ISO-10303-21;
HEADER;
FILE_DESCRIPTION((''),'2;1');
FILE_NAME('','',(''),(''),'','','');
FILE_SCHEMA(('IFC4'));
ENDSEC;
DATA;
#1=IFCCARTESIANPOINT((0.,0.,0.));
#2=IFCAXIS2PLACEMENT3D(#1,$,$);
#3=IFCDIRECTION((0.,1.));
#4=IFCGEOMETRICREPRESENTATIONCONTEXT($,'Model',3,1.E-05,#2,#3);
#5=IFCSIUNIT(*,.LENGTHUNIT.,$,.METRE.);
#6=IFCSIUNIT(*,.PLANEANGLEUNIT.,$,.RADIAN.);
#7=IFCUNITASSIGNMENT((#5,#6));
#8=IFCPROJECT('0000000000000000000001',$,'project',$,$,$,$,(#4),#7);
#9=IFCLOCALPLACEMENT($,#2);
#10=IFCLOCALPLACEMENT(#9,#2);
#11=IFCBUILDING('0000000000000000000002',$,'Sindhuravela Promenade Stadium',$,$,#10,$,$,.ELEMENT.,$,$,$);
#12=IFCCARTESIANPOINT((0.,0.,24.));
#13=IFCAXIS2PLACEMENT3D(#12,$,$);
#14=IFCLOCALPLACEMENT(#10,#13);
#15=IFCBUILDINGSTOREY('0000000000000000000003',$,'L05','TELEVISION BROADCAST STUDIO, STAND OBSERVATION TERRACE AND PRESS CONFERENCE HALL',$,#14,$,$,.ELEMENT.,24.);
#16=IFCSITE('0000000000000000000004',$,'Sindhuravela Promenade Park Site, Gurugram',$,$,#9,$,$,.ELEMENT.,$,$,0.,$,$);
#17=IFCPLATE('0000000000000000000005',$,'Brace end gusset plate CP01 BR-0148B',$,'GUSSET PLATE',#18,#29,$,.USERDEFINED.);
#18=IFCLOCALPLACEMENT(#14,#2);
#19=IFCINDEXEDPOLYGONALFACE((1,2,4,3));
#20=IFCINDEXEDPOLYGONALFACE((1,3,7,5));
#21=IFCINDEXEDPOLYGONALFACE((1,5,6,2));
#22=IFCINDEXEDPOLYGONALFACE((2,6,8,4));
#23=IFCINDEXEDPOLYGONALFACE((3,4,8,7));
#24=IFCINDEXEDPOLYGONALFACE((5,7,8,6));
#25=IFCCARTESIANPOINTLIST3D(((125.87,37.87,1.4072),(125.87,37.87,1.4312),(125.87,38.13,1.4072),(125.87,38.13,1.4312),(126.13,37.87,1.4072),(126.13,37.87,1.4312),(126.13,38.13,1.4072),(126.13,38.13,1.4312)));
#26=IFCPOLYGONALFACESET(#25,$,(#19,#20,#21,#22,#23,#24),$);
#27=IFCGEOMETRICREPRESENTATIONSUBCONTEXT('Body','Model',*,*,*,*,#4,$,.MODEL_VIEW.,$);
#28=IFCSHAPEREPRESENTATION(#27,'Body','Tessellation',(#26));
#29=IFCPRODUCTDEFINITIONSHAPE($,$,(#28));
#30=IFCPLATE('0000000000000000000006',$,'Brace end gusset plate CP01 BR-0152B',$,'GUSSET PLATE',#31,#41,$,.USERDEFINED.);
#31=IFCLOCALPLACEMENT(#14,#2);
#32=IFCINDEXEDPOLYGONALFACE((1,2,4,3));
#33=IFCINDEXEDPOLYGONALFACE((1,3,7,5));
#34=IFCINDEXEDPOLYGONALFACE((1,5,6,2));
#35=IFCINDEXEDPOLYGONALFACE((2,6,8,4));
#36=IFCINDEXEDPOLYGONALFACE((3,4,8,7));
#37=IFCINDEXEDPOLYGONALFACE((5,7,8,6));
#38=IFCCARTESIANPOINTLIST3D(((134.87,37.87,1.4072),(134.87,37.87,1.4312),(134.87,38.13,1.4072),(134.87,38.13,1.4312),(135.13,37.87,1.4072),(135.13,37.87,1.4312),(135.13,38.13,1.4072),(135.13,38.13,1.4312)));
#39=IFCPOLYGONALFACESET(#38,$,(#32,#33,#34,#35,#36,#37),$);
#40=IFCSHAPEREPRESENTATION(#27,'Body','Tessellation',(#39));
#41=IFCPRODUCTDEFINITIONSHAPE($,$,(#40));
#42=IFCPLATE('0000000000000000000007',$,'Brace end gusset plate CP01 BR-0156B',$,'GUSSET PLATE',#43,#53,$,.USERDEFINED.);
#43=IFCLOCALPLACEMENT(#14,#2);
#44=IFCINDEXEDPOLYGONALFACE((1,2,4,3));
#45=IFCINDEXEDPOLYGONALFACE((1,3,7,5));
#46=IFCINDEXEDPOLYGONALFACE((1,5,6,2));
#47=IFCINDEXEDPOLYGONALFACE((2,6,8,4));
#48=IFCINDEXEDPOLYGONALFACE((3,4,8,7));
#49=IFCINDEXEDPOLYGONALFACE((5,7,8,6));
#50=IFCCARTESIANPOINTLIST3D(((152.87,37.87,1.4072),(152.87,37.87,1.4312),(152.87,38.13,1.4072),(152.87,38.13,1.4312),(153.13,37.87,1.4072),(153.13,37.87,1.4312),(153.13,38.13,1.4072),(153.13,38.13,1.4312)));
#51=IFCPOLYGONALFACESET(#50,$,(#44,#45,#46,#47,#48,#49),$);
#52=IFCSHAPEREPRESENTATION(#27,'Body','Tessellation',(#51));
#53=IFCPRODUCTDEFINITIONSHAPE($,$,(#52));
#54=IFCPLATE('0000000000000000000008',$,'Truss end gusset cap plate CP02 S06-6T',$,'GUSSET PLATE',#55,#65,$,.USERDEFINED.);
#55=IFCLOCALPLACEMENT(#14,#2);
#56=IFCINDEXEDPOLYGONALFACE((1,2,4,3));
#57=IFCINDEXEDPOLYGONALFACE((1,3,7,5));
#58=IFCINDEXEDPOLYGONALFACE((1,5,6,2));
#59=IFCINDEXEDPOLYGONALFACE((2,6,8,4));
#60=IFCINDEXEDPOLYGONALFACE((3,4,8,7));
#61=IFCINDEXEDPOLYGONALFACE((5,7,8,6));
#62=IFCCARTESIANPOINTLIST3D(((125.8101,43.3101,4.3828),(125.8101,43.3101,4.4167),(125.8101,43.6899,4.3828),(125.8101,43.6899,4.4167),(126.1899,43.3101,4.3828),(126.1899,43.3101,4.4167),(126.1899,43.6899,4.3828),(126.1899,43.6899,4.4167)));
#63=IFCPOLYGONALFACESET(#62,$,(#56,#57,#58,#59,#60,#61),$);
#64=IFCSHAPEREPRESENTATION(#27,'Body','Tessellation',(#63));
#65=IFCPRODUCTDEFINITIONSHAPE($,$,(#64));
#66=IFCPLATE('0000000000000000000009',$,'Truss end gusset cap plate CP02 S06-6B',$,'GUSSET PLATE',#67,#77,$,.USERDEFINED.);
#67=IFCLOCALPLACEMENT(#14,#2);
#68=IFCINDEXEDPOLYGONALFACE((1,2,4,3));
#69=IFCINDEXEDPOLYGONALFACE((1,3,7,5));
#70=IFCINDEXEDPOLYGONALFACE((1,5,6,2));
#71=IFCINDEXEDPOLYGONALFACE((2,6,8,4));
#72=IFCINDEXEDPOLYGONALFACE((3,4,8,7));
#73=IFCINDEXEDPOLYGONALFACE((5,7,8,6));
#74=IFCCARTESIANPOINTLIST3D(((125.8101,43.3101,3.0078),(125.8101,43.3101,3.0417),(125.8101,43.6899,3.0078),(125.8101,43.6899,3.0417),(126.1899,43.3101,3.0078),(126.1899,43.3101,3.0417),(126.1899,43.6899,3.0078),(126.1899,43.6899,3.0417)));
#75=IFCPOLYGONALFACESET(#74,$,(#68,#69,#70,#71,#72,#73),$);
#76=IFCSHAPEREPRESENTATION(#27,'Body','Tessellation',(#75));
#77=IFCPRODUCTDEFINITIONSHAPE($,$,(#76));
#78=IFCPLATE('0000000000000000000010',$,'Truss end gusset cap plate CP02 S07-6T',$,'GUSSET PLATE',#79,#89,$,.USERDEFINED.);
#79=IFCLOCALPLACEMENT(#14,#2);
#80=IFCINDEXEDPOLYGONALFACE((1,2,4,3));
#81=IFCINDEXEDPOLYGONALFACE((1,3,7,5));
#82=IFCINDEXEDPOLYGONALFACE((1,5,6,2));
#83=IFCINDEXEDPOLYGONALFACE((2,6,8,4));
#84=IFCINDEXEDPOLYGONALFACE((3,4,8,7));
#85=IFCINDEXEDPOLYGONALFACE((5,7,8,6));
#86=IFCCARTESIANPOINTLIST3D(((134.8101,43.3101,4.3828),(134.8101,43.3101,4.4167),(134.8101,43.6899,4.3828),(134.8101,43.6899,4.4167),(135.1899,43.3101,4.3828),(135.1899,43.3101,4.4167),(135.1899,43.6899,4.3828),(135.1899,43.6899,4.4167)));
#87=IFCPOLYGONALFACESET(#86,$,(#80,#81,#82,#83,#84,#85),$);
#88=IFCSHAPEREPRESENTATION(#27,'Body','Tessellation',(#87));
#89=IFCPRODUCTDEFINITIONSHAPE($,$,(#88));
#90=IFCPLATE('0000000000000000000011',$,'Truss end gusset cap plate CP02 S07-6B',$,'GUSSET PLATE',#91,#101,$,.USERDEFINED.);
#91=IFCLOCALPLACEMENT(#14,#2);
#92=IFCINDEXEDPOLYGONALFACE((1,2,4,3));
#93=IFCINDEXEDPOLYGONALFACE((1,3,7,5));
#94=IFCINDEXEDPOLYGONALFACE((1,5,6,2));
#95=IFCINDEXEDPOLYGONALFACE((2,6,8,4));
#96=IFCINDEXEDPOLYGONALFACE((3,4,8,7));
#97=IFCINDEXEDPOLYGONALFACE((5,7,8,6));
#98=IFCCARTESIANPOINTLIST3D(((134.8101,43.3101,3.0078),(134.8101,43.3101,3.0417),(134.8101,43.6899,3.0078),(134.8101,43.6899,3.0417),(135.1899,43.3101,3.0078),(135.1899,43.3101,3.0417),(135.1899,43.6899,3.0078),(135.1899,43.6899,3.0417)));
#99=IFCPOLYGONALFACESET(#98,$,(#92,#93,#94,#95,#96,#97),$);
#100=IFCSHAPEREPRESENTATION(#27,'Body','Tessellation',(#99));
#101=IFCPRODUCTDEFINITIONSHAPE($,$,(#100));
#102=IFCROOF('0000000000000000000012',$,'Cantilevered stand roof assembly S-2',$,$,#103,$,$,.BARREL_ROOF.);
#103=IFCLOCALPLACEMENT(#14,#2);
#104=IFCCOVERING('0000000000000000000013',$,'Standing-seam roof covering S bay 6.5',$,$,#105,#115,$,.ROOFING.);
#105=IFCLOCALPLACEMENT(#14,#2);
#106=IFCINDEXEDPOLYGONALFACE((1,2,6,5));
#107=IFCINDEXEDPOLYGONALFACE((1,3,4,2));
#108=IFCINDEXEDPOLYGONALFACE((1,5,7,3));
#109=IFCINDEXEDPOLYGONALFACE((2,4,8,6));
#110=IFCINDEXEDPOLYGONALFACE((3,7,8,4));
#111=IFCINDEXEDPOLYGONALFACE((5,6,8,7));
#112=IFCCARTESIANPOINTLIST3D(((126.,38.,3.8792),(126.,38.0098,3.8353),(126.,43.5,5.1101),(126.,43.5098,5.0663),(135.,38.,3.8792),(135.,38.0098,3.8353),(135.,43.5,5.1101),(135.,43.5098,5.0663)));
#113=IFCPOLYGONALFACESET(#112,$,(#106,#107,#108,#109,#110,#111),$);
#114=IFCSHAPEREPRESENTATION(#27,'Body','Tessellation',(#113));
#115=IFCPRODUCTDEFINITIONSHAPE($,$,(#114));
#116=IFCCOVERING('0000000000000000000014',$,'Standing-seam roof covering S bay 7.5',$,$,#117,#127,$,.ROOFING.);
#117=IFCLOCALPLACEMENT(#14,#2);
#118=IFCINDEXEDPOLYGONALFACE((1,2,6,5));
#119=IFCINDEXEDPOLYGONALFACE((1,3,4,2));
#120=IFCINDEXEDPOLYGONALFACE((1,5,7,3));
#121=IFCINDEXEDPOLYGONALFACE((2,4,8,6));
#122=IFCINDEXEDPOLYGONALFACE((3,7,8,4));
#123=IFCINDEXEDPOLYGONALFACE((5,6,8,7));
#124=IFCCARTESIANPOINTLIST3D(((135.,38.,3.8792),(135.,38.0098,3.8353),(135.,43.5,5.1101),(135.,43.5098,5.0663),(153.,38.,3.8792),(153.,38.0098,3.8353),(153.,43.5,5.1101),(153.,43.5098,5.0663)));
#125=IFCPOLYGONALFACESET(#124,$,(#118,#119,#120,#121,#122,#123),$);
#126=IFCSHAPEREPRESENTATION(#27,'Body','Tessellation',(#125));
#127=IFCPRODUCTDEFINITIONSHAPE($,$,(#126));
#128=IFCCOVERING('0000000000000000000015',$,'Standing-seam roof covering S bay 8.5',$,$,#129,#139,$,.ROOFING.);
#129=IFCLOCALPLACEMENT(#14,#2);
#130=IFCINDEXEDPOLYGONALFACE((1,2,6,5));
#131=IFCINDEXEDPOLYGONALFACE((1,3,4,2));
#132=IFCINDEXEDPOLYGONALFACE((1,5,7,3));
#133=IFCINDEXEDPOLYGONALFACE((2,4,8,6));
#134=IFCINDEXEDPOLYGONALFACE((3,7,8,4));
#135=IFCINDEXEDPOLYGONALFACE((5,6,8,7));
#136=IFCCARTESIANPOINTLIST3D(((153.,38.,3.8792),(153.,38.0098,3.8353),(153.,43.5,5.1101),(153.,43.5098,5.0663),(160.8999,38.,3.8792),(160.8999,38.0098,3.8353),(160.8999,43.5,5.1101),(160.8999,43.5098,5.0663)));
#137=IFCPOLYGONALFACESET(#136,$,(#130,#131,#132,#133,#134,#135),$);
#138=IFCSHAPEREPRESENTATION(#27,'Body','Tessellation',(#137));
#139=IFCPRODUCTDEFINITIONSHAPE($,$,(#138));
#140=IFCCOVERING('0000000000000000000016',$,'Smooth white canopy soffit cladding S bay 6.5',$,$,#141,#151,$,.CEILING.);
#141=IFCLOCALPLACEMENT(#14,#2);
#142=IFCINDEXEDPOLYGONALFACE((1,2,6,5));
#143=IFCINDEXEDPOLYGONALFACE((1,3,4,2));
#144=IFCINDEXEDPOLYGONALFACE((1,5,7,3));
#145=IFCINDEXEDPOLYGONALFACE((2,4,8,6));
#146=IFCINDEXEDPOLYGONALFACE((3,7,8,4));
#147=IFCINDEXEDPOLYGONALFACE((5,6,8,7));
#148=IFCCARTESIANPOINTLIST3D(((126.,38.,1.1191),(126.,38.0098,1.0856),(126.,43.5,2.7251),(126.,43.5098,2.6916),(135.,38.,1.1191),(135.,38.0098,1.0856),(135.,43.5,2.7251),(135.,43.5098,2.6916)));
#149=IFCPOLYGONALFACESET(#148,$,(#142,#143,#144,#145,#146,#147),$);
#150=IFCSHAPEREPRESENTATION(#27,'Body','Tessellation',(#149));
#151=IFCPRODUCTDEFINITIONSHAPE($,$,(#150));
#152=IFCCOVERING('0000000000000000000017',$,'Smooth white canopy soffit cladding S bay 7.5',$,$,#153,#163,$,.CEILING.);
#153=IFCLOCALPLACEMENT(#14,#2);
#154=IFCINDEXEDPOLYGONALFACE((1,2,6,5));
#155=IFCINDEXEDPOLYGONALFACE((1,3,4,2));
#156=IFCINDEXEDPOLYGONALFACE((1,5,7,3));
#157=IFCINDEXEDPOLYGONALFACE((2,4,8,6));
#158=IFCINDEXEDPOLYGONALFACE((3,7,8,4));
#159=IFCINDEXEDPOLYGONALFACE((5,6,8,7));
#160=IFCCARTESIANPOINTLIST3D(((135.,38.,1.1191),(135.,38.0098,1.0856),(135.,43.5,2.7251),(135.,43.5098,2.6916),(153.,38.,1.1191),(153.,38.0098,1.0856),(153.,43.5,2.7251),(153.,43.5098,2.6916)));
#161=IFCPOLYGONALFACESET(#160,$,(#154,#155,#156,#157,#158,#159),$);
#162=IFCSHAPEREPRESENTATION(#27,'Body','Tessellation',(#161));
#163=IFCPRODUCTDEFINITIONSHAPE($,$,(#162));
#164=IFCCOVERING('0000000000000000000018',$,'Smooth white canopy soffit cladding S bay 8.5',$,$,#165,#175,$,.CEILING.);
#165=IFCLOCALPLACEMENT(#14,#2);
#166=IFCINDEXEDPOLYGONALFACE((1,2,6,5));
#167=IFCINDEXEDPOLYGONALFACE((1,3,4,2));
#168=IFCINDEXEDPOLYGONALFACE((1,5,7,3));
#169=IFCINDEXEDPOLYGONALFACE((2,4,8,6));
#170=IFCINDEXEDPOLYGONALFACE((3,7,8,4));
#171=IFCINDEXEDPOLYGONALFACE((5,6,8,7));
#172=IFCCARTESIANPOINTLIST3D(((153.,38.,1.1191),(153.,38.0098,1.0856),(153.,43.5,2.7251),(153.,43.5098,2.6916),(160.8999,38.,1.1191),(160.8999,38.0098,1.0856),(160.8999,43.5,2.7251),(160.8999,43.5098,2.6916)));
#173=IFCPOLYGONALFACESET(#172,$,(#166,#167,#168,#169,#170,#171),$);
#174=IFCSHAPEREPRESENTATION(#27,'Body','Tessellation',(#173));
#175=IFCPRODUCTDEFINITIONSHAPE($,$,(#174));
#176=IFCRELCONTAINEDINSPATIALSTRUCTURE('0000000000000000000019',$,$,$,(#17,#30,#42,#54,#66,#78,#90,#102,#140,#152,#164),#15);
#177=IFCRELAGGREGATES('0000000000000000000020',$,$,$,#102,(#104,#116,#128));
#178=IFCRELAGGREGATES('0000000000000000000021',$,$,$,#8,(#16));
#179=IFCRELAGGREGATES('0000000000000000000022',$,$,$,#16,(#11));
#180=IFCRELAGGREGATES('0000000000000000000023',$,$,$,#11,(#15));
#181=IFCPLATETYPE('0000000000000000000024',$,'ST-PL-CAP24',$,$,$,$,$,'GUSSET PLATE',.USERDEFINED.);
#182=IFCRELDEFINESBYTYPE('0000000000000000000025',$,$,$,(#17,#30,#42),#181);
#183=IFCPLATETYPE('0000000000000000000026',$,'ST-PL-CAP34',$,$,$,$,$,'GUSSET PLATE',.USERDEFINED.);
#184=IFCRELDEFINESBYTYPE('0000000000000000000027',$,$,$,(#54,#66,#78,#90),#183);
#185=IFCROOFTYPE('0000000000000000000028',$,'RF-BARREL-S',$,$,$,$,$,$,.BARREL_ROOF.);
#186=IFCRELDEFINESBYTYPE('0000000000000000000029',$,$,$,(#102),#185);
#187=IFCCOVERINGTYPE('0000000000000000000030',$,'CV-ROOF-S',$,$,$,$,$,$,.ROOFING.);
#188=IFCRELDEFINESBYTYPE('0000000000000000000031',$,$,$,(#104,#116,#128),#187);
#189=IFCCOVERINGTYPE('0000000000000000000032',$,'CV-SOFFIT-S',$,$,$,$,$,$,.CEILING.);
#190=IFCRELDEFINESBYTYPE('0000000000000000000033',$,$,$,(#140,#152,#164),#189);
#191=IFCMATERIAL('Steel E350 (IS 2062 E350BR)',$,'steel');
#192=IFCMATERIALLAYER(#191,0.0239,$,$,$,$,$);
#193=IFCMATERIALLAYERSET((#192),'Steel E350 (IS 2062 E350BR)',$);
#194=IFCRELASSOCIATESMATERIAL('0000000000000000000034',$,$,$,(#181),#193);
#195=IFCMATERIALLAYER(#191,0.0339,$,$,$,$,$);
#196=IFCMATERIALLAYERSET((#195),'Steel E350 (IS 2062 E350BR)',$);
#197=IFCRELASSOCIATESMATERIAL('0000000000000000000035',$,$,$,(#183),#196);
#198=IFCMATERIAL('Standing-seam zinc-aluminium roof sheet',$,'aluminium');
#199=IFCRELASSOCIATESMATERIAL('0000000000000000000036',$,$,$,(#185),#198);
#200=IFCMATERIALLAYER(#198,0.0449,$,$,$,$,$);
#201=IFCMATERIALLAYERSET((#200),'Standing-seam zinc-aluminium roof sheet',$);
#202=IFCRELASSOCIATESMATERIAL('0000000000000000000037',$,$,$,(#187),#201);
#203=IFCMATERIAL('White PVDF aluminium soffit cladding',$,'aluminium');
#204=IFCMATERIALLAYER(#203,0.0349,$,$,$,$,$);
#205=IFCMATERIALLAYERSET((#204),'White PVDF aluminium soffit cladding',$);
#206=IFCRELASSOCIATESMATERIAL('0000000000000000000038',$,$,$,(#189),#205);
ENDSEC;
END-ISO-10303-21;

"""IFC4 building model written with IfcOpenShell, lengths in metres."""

from ifc_helpers import new_model, si_unit, direction, frame, origin, origin_2d, place, context, subcontext, project, spatial, polyline, rectangle, outline, extrude, material, layer, layer_set, type_object, element, aggregate, save


model = new_model("IFC4")

# Units and contexts
model_context = context("Model", 3, precision=1e-05, world=origin(), true_north=direction((0.0, 1.0)))
body_context = subcontext(model_context, "Body", "Model", "MODEL_VIEW")
ifc_project = project(units=[si_unit("LENGTHUNIT", "METRE"), si_unit("PLANEANGLEUNIT", "RADIAN")], contexts=[model_context])

# Site, building, storey
site_placement = place(None, origin())
site = spatial("IfcSite", under=ifc_project, at=site_placement, Name="Sindhuravela Promenade Park Site, Gurugram", CompositionType="ELEMENT", RefElevation=0.0)
building_placement = place(site_placement, origin())
building = spatial("IfcBuilding", under=site, at=building_placement, Name="Sindhuravela Promenade Stadium", CompositionType="ELEMENT")
storey_placement = place(building_placement, frame((0.0, 0.0, 24.0)))
storey = spatial("IfcBuildingStorey", under=building, at=storey_placement, Name="L05", Description="TELEVISION BROADCAST STUDIO, STAND OBSERVATION TERRACE AND PRESS CONFERENCE HALL", CompositionType="ELEMENT", Elevation=24.0)

# Shared definitions
ifc_material_1 = material(Name="Steel E350 (IS 2062 E350BR)", Category="steel")

# Plates
ifc_layer_1 = layer(ifc_material_1, 0.0239)
ifc_layer_set_1 = layer_set([ifc_layer_1], Name="Steel E350 (IS 2062 E350BR)")
plate_type_1 = type_object("IfcPlateType", Name="ST-PL-CAP24", ElementType="GUSSET PLATE", PredefinedType="USERDEFINED", material=ifc_layer_set_1)
for number, where, z_axis, x_axis, name in (
    (1, (126.0, 38.0, 1.4072), (0.0, 0.0, 1.0), (1.0, 0.0, 0.0), "Brace end gusset plate CP01 BR-0148B"),
    (2, (135.0, 38.0, 1.4072), (0.0, 0.0, 1.0), (1.0, 0.0, 0.0), "Brace end gusset plate CP01 BR-0152B"),
    (3, (153.0, 38.0, 1.4072), (0.0, 0.0, 1.0), (1.0, 0.0, 0.0), "Brace end gusset plate CP01 BR-0156B"),
):
    element("IfcPlate", number, at=place(storey_placement, frame(where, z_axis=z_axis, x_axis=x_axis)), inside=storey, type_object=plate_type_1, Name=name, ObjectType="GUSSET PLATE", PredefinedType="USERDEFINED", context=body_context, shape_type="SweptSolid", body=[
        extrude(rectangle(XDim=0.26, YDim=0.26, at=origin_2d()), origin(), (0.0, 0.0, 1.0), 0.0239),
    ])
ifc_layer_2 = layer(ifc_material_1, 0.0339)
ifc_layer_set_2 = layer_set([ifc_layer_2], Name="Steel E350 (IS 2062 E350BR)")
plate_type_2 = type_object("IfcPlateType", Name="ST-PL-CAP34", ElementType="GUSSET PLATE", PredefinedType="USERDEFINED", material=ifc_layer_set_2)
for number, where, z_axis, x_axis, name in (
    (4, (126.0, 43.5, 4.3828), (0.0, 0.0, 1.0), (1.0, 0.0, 0.0), "Truss end gusset cap plate CP02 S06-6T"),
    (5, (126.0, 43.5, 3.0078), (0.0, 0.0, 1.0), (1.0, 0.0, 0.0), "Truss end gusset cap plate CP02 S06-6B"),
    (6, (135.0, 43.5, 4.3828), (0.0, 0.0, 1.0), (1.0, 0.0, 0.0), "Truss end gusset cap plate CP02 S07-6T"),
    (7, (135.0, 43.5, 3.0078), (0.0, 0.0, 1.0), (1.0, 0.0, 0.0), "Truss end gusset cap plate CP02 S07-6B"),
):
    element("IfcPlate", number, at=place(storey_placement, frame(where, z_axis=z_axis, x_axis=x_axis)), inside=storey, type_object=plate_type_2, Name=name, ObjectType="GUSSET PLATE", PredefinedType="USERDEFINED", context=body_context, shape_type="SweptSolid", body=[
        extrude(rectangle(XDim=0.3799, YDim=0.3799, at=origin_2d()), origin(), (0.0, 0.0, 1.0), 0.0339),
    ])

# Roof, coverings
ifc_material_2 = material(Name="Standing-seam zinc-aluminium roof sheet", Category="aluminium")
roof_type = type_object("IfcRoofType", Name="RF-BARREL-S", PredefinedType="BARREL_ROOF", material=ifc_material_2)
roof_placement = place(storey_placement, origin())
roof = element("IfcRoof", 8, at=roof_placement, inside=storey, type_object=roof_type, Name="Cantilevered stand roof assembly S-2", PredefinedType="BARREL_ROOF")
ifc_layer_3 = layer(ifc_material_2, 0.0449)
ifc_layer_set_3 = layer_set([ifc_layer_3], Name="Standing-seam zinc-aluminium roof sheet")
covering_type_1 = type_object("IfcCoveringType", Name="CV-ROOF-S", PredefinedType="ROOFING", material=ifc_layer_set_3)
covering_1_placement = place(storey_placement, frame((126.0, 38.0, 3.8792), z_axis=(0.0, -0.218407, 0.975858), x_axis=(1.0, 0.0, 0.0)))
covering_1 = element("IfcCovering", 9, at=covering_1_placement, type_object=covering_type_1, Name="Standing-seam roof covering S bay 6.5", PredefinedType="ROOFING", context=body_context, shape_type="SweptSolid", body=[
    extrude(outline(polyline([(0.0, 0.0), (9.0, 0.0), (9.0, 5.6361), (0.0, 5.6361), (0.0, 0.0)])), origin(), (0.0, 0.0, -1.0), 0.0449),
])
covering_2_placement = place(storey_placement, frame((135.0, 38.0, 3.8792), z_axis=(0.0, -0.218407, 0.975858), x_axis=(1.0, 0.0, 0.0)))
covering_2 = element("IfcCovering", 10, at=covering_2_placement, type_object=covering_type_1, Name="Standing-seam roof covering S bay 7.5", PredefinedType="ROOFING", context=body_context, shape_type="SweptSolid", body=[
    extrude(outline(polyline([(0.0, 0.0), (18.0, 0.0), (18.0, 5.6361), (0.0, 5.6361), (0.0, 0.0)])), origin(), (0.0, 0.0, -1.0), 0.0449),
])
covering_3_placement = place(storey_placement, frame((153.0, 38.0, 3.8792), z_axis=(0.0, -0.218407, 0.975858), x_axis=(1.0, 0.0, 0.0)))
covering_3 = element("IfcCovering", 11, at=covering_3_placement, type_object=covering_type_1, Name="Standing-seam roof covering S bay 8.5", PredefinedType="ROOFING", context=body_context, shape_type="SweptSolid", body=[
    extrude(outline(polyline([(0.0, 0.0), (7.8999, 0.0), (7.8999, 5.6361), (0.0, 5.6361), (0.0, 0.0)])), origin(), (0.0, 0.0, -1.0), 0.0449),
])
aggregate(roof, [covering_1, covering_2, covering_3])

# Coverings
ifc_material_3 = material(Name="White PVDF aluminium soffit cladding", Category="aluminium")
ifc_layer_4 = layer(ifc_material_3, 0.0349)
ifc_layer_set_4 = layer_set([ifc_layer_4], Name="White PVDF aluminium soffit cladding")
covering_type_2 = type_object("IfcCoveringType", Name="CV-SOFFIT-S", PredefinedType="CEILING", material=ifc_layer_set_4)
covering_4_placement = place(storey_placement, frame((126.0, 38.0, 1.1191), z_axis=(0.0, -0.280288, 0.959916), x_axis=(1.0, 0.0, 0.0)))
element("IfcCovering", 12, at=covering_4_placement, inside=storey, type_object=covering_type_2, Name="Smooth white canopy soffit cladding S bay 6.5", PredefinedType="CEILING", context=body_context, shape_type="SweptSolid", body=[
    extrude(outline(polyline([(0.0, 0.0), (9.0, 0.0), (9.0, 5.7297), (0.0, 5.7297), (0.0, 0.0)])), origin(), (0.0, 0.0, -1.0), 0.0349),
])
covering_5_placement = place(storey_placement, frame((135.0, 38.0, 1.1191), z_axis=(0.0, -0.280288, 0.959916), x_axis=(1.0, 0.0, 0.0)))
element("IfcCovering", 13, at=covering_5_placement, inside=storey, type_object=covering_type_2, Name="Smooth white canopy soffit cladding S bay 7.5", PredefinedType="CEILING", context=body_context, shape_type="SweptSolid", body=[
    extrude(outline(polyline([(0.0, 0.0), (18.0, 0.0), (18.0, 5.7297), (0.0, 5.7297), (0.0, 0.0)])), origin(), (0.0, 0.0, -1.0), 0.0349),
])
covering_6_placement = place(storey_placement, frame((153.0, 38.0, 1.1191), z_axis=(0.0, -0.280288, 0.959916), x_axis=(1.0, 0.0, 0.0)))
element("IfcCovering", 14, at=covering_6_placement, inside=storey, type_object=covering_type_2, Name="Smooth white canopy soffit cladding S bay 8.5", PredefinedType="CEILING", context=body_context, shape_type="SweptSolid", body=[
    extrude(outline(polyline([(0.0, 0.0), (7.8999, 0.0), (7.8999, 5.7297), (0.0, 5.7297), (0.0, 0.0)])), origin(), (0.0, 0.0, -1.0), 0.0349),
])

save(model, "model.ifc")
